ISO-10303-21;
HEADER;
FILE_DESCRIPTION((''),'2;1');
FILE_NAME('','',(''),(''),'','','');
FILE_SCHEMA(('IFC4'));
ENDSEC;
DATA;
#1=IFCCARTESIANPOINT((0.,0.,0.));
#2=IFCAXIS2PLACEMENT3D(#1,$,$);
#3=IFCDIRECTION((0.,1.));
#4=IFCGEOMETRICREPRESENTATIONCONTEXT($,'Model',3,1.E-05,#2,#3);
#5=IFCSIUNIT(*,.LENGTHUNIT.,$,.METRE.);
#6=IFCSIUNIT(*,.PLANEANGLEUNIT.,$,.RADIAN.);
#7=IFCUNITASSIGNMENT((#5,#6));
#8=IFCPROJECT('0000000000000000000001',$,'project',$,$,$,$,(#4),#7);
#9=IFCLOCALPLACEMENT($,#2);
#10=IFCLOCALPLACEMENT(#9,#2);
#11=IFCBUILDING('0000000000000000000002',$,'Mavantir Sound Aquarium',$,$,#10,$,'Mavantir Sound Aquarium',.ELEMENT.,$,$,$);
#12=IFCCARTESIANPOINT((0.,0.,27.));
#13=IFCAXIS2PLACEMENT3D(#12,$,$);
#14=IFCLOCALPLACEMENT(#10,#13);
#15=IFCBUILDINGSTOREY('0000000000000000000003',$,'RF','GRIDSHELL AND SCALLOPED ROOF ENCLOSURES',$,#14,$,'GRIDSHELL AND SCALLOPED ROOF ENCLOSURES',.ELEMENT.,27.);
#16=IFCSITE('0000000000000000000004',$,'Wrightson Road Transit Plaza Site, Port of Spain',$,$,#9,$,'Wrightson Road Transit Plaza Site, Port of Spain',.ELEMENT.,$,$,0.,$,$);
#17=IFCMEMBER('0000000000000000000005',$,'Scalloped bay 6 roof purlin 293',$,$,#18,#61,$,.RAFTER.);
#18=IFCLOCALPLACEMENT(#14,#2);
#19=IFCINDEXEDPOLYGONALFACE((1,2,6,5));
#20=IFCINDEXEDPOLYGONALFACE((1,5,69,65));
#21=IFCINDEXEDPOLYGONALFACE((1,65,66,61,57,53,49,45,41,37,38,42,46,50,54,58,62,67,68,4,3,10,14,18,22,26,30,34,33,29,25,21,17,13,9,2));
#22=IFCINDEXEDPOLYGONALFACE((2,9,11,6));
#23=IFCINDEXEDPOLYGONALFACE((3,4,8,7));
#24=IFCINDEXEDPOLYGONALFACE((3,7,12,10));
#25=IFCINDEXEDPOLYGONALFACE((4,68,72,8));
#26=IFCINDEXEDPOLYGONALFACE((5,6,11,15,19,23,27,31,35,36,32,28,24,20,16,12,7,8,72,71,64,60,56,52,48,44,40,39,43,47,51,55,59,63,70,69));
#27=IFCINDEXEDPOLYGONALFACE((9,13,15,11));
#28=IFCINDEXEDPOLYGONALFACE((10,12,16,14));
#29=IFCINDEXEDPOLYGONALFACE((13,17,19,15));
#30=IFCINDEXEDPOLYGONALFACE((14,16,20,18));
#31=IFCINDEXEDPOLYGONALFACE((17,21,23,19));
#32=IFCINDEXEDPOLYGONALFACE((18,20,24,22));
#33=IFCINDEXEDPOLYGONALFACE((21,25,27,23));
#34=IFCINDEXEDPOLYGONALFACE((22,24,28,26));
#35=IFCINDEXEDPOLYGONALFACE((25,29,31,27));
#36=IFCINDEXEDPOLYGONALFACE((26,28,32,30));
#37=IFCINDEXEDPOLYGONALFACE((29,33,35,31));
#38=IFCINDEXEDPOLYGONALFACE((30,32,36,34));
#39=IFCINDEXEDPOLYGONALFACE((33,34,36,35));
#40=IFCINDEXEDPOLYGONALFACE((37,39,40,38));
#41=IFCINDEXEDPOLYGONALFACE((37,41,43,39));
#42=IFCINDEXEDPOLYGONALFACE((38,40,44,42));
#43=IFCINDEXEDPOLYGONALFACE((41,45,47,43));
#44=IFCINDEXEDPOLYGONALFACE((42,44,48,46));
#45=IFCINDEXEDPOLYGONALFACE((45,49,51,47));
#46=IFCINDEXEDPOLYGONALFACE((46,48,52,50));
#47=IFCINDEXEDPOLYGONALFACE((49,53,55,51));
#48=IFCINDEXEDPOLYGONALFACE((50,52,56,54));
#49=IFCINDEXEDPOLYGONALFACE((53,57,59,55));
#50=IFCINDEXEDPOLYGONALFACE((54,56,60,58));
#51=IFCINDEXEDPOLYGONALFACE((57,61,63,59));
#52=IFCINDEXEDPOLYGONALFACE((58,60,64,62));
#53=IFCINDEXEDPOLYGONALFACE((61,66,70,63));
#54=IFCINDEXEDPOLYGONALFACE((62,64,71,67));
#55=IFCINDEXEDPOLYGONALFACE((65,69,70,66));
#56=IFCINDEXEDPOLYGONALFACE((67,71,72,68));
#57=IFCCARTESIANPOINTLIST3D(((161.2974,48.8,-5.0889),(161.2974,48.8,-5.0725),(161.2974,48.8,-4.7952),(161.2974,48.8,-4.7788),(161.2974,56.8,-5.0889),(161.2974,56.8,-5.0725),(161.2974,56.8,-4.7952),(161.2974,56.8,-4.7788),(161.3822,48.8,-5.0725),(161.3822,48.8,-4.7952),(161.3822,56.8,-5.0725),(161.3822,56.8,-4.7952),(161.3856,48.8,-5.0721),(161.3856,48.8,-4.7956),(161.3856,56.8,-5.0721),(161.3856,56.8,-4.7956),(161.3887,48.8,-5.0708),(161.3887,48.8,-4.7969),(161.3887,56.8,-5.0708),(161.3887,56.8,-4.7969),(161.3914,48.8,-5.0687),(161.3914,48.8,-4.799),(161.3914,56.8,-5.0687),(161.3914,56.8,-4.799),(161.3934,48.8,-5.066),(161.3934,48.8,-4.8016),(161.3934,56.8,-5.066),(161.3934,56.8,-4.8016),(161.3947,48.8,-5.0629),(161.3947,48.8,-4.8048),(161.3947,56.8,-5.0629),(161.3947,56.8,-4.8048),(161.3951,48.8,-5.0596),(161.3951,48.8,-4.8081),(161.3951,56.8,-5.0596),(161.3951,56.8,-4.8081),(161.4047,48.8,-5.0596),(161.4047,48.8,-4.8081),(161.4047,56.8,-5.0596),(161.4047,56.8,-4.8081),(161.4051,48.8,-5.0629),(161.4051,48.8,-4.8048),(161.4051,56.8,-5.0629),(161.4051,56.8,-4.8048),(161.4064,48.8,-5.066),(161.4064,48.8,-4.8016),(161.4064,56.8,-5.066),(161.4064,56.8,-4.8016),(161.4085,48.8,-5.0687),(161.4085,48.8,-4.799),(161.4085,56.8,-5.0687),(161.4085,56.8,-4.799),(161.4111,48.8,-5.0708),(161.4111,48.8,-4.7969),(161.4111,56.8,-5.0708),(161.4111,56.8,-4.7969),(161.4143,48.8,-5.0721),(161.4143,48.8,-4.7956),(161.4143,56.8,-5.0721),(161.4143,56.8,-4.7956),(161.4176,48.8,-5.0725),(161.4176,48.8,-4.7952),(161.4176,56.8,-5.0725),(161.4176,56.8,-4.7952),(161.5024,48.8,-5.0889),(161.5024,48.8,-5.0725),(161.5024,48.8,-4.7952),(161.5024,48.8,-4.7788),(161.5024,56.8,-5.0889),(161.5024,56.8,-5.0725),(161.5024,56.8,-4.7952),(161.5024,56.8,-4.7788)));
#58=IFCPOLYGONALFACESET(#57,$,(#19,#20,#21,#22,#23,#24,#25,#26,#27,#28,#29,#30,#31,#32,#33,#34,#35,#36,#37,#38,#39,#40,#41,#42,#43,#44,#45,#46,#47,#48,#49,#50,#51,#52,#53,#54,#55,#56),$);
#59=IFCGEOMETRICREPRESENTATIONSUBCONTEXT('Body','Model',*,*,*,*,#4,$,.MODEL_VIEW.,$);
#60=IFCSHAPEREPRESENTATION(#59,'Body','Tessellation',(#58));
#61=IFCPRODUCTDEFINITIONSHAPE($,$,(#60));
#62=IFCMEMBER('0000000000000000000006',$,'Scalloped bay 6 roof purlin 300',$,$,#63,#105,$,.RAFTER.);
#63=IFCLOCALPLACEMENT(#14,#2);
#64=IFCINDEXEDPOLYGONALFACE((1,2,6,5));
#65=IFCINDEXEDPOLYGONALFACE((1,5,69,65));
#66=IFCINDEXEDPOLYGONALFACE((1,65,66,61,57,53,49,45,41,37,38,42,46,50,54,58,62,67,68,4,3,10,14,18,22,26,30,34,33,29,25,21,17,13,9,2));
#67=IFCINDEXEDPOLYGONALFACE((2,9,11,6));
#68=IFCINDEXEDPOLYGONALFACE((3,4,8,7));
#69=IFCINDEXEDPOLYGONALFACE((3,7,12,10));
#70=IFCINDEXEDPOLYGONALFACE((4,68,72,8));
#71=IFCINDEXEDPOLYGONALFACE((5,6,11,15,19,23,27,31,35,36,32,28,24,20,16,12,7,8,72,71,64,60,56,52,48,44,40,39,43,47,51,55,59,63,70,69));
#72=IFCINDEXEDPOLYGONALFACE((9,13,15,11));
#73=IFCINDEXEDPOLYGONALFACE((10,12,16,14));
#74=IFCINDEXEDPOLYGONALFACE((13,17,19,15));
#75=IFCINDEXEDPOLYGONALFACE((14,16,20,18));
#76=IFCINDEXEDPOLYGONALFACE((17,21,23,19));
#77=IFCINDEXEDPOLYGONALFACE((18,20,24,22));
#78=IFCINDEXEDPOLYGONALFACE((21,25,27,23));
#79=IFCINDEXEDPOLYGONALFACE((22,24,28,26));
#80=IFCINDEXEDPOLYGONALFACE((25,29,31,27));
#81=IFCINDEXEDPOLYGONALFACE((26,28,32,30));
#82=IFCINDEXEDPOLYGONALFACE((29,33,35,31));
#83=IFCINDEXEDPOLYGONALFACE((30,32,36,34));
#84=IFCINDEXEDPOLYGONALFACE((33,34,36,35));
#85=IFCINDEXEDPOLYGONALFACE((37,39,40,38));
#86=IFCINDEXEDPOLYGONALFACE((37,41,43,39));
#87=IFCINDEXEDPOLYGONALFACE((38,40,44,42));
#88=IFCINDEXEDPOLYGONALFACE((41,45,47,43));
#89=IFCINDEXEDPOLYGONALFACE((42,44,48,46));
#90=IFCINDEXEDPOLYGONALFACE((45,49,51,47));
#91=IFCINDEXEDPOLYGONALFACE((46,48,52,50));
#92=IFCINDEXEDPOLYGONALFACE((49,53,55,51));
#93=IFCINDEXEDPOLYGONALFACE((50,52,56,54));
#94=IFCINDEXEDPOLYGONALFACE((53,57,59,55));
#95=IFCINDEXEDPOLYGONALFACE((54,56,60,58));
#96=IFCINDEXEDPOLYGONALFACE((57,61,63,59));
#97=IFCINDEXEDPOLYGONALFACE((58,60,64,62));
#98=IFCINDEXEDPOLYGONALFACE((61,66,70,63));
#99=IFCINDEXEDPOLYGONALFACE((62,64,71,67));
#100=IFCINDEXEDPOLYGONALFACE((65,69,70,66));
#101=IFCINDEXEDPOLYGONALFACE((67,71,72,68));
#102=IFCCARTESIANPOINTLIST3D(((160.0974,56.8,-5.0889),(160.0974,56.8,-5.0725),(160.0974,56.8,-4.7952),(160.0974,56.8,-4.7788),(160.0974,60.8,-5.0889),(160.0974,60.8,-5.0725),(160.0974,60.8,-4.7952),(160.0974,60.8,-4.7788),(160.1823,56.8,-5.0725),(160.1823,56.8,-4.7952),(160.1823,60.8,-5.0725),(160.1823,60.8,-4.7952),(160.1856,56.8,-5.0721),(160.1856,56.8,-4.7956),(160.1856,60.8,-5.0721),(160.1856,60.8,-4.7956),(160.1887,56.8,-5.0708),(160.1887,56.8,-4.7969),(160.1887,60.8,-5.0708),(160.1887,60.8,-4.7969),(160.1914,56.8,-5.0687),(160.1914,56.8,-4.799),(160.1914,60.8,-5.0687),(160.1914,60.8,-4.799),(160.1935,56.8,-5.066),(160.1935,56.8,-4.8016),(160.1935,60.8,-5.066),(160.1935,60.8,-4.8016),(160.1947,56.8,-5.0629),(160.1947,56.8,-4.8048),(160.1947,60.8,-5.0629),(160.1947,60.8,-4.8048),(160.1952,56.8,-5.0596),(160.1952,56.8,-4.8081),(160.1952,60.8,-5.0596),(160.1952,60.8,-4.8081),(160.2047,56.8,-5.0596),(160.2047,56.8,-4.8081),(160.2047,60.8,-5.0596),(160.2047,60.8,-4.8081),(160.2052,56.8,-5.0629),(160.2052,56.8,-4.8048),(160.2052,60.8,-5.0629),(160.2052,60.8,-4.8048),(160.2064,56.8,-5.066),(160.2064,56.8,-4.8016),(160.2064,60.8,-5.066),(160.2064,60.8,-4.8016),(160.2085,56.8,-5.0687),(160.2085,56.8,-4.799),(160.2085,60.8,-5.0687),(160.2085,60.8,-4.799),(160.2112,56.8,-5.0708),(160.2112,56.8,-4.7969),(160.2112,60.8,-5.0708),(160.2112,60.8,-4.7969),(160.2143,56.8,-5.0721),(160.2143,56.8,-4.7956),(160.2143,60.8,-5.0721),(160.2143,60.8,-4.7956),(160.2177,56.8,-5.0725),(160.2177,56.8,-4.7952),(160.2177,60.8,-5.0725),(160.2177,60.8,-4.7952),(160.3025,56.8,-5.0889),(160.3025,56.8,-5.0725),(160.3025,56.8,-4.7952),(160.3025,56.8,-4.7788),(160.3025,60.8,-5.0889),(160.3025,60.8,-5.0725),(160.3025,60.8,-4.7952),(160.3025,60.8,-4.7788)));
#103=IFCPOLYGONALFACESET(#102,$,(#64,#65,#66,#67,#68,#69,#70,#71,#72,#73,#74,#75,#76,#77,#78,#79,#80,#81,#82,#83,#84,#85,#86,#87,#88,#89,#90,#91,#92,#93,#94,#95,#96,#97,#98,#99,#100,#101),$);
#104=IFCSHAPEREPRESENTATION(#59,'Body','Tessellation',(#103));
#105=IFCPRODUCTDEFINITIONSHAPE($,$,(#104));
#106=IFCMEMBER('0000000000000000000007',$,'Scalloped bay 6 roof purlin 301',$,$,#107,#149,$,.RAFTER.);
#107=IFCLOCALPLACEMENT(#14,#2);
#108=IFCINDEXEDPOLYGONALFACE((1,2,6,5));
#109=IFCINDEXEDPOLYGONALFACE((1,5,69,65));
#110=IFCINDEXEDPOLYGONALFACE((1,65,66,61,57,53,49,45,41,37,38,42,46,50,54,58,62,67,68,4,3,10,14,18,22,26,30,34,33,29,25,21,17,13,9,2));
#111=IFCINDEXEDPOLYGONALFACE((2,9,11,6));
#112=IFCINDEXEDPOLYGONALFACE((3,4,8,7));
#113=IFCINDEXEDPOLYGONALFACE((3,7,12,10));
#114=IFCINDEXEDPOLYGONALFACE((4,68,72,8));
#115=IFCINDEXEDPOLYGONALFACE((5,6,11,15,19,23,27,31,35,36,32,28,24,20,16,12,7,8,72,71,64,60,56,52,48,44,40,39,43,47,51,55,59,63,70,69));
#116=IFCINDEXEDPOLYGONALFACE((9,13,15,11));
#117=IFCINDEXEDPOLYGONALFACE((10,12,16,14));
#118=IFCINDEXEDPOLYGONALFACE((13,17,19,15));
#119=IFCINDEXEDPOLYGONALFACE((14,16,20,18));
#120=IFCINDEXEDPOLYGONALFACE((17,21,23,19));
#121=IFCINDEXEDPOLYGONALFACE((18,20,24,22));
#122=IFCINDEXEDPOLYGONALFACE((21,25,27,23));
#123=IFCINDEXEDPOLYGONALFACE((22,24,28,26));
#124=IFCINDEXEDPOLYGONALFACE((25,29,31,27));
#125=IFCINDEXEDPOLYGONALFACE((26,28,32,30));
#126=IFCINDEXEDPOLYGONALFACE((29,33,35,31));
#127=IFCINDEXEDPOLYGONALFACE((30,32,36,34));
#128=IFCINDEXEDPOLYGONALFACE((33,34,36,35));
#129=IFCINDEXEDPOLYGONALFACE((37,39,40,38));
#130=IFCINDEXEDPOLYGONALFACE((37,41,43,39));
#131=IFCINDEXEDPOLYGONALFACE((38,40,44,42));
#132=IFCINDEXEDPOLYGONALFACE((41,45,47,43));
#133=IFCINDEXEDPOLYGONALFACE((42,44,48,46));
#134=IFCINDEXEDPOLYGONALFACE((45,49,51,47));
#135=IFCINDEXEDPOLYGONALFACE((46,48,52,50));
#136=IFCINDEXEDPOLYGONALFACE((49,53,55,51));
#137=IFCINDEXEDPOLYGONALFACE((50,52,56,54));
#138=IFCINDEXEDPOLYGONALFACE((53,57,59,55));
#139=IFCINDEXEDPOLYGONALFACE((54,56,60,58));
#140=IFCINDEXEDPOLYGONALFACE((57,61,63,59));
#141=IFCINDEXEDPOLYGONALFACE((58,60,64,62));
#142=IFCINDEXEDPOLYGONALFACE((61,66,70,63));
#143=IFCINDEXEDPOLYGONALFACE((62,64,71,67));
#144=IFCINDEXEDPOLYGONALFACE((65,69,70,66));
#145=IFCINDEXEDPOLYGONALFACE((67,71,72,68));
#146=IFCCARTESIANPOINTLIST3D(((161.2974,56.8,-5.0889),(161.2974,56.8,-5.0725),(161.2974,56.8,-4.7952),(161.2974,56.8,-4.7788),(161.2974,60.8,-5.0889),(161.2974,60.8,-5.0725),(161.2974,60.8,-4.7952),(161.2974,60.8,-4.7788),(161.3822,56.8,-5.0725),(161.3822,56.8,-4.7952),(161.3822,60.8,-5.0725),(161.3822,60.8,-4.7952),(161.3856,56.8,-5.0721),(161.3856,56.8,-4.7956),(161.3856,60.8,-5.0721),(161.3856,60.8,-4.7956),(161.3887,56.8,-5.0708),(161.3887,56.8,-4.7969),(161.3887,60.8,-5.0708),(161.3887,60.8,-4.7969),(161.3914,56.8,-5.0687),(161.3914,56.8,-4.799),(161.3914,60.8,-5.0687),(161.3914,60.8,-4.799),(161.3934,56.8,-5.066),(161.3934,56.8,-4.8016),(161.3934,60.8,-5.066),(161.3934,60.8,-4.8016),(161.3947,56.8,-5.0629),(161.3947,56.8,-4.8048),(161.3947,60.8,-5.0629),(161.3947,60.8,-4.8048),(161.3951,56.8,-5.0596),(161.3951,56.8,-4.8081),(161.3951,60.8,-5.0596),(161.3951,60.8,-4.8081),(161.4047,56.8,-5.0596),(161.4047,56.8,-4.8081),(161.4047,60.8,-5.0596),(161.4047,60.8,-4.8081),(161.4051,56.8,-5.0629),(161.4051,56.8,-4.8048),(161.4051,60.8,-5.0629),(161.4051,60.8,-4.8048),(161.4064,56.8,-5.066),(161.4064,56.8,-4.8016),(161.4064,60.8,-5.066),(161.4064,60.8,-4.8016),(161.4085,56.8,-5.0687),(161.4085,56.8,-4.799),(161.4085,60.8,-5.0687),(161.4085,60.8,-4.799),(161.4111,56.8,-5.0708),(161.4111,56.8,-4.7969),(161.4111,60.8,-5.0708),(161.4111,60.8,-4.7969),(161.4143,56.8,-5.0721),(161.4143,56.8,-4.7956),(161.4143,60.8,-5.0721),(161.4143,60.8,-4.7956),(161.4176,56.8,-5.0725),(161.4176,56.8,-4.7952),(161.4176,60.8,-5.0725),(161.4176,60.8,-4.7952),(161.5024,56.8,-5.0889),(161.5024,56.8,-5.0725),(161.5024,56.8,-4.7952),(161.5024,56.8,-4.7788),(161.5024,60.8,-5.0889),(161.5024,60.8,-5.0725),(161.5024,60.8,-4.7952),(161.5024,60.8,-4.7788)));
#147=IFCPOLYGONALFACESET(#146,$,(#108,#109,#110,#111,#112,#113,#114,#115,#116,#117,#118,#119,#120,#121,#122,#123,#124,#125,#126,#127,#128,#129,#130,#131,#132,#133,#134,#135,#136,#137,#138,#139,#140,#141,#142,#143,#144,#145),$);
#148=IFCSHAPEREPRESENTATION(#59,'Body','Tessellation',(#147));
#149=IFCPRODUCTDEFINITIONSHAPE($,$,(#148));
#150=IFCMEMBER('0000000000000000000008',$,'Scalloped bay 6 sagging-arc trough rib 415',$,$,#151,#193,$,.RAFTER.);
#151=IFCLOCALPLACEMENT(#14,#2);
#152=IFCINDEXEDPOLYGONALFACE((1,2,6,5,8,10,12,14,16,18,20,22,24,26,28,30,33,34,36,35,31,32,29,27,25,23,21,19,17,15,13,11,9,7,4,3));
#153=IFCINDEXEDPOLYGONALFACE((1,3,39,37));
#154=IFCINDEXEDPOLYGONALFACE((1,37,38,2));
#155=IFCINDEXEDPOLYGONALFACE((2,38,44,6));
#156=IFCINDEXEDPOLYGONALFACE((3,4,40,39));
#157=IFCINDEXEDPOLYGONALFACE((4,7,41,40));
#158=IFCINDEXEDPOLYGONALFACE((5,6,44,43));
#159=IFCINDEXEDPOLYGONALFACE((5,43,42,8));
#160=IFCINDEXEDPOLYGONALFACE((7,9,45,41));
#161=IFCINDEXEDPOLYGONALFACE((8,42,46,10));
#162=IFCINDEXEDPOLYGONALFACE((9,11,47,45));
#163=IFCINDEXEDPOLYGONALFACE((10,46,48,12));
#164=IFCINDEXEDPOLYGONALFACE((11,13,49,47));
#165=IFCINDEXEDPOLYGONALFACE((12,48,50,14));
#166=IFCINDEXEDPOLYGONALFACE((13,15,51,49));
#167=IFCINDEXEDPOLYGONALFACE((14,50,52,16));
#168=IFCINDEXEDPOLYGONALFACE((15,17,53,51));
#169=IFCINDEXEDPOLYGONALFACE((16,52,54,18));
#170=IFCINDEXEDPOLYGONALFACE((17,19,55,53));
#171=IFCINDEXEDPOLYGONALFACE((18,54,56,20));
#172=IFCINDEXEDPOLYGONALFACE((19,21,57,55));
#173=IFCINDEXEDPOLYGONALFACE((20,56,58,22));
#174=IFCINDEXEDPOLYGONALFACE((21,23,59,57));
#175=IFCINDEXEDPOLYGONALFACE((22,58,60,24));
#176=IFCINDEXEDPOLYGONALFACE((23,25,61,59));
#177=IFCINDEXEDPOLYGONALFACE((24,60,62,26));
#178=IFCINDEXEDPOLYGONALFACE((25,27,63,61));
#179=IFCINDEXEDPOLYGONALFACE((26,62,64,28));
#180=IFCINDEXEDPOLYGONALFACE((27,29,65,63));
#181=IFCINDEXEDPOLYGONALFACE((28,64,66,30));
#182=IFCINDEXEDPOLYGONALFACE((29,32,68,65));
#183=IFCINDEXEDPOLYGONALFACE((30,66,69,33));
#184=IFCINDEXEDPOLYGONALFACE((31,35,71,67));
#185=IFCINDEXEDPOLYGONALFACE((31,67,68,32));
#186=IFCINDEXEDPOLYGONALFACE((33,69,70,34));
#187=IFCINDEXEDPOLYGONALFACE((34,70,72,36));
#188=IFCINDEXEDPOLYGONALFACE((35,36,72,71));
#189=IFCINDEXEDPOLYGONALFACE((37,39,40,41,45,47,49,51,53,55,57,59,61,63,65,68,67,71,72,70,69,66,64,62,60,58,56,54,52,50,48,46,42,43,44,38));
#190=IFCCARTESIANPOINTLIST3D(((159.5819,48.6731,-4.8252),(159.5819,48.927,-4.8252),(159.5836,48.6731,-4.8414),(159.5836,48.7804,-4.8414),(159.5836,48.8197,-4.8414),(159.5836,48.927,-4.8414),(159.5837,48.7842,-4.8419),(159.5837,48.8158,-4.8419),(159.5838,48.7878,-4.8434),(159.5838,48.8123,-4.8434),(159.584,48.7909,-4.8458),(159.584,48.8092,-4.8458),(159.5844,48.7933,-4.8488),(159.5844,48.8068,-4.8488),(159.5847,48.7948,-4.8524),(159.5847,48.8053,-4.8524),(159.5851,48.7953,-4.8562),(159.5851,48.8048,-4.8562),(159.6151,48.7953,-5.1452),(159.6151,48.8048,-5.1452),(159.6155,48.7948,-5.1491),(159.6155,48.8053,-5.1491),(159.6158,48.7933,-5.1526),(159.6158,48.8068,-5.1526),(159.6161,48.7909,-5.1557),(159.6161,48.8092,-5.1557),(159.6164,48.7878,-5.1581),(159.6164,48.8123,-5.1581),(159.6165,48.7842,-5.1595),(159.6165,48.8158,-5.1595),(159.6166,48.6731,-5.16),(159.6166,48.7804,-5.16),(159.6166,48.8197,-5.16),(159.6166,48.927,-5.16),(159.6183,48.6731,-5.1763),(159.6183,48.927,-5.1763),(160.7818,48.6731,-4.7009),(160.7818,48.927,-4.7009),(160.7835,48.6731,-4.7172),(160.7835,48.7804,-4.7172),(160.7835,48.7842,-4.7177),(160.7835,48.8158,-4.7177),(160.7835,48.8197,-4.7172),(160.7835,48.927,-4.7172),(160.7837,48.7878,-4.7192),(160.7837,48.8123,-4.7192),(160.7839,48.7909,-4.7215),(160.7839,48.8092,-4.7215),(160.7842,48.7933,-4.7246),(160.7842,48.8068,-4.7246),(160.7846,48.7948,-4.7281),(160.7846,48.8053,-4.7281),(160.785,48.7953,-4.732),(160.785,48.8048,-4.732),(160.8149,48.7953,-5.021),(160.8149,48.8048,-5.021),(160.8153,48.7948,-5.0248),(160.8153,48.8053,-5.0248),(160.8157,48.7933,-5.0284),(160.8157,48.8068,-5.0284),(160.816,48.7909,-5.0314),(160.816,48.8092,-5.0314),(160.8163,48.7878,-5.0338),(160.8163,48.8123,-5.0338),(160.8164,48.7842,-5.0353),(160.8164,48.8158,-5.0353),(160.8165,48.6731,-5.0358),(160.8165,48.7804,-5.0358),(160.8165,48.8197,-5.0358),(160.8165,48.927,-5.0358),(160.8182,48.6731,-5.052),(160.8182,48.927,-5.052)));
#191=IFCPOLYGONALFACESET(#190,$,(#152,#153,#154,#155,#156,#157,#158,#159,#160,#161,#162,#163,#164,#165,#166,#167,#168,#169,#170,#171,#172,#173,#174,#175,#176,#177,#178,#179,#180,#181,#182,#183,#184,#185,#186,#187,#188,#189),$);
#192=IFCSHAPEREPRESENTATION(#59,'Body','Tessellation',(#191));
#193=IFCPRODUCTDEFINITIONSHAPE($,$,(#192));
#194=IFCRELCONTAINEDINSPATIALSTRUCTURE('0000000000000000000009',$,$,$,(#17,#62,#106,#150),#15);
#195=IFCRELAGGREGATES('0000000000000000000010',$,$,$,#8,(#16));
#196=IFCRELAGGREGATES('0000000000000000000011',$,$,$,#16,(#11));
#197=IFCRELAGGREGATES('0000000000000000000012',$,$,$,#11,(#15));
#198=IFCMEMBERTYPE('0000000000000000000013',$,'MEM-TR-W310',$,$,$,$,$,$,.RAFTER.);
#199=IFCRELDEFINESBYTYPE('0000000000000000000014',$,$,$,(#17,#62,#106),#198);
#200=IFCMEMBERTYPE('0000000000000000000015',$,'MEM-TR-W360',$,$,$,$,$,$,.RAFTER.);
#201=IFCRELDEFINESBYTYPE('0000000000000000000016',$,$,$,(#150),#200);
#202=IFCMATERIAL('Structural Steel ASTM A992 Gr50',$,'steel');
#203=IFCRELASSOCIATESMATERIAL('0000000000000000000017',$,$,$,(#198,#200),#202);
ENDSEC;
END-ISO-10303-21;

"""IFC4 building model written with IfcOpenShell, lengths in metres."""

from ifc_helpers import new_model, si_unit, direction, frame, origin, origin_2d, place, context, subcontext, project, spatial, i_section, extrude, material, material_profile, profile_set, type_object, element, save


model = new_model("IFC4")

# Units and contexts
model_context = context("Model", 3, precision=1e-05, world=origin(), true_north=direction((0.0, 1.0)))
body_context = subcontext(model_context, "Body", "Model", "MODEL_VIEW")
ifc_project = project(units=[si_unit("LENGTHUNIT", "METRE"), si_unit("PLANEANGLEUNIT", "RADIAN")], contexts=[model_context])

# Site, building, storey
site_placement = place(None, origin())
site = spatial("IfcSite", under=ifc_project, at=site_placement, Name="Wrightson Road Transit Plaza Site, Port of Spain", LongName="Wrightson Road Transit Plaza Site, Port of Spain", CompositionType="ELEMENT", RefElevation=0.0)
building_placement = place(site_placement, origin())
building = spatial("IfcBuilding", under=site, at=building_placement, Name="Mavantir Sound Aquarium", LongName="Mavantir Sound Aquarium", CompositionType="ELEMENT")
storey_placement = place(building_placement, frame((0.0, 0.0, 27.0)))
storey = spatial("IfcBuildingStorey", under=building, at=storey_placement, Name="RF", Description="GRIDSHELL AND SCALLOPED ROOF ENCLOSURES", LongName="GRIDSHELL AND SCALLOPED ROOF ENCLOSURES", CompositionType="ELEMENT", Elevation=27.0)

# Members
ifc_material_1 = material(Name="Structural Steel ASTM A992 Gr50", Category="steel")
ifc_material_profile_1 = material_profile(ifc_material_1, i_section(OverallWidth=0.2051, OverallDepth=0.3101, WebThickness=0.0095, FlangeThickness=0.0164, FilletRadius=0.0129, at=origin_2d()), Name="W310X74")
ifc_profile_set_1 = profile_set([ifc_material_profile_1], Name="Structural Steel ASTM A992 Gr50")
member_type_1 = type_object("IfcMemberType", Name="MEM-TR-W310", PredefinedType="RAFTER", material=ifc_profile_set_1)
for number, where, z_axis, x_axis, name in (
    (1, (161.3999, 48.8, -4.9338), (0.0, 1.0, 0.0), (-1.0, 0.0, 0.0), "Scalloped bay 6 roof purlin 293"),
):
    element("IfcMember", number, at=place(storey_placement, frame(where, z_axis=z_axis, x_axis=x_axis)), inside=storey, type_object=member_type_1, Name=name, PredefinedType="RAFTER", context=body_context, shape_type="SweptSolid", body=[
        extrude(i_section(OverallWidth=0.2051, OverallDepth=0.3101, WebThickness=0.0095, FlangeThickness=0.0164, FilletRadius=0.0129, at=origin_2d()), origin(), (0.0, 0.0, 1.0), 8.0),
    ])
for number, where, z_axis, x_axis, name in (
    (2, (160.2, 56.8, -4.9338), (0.0, 1.0, 0.0), (-1.0, 0.0, 0.0), "Scalloped bay 6 roof purlin 300"),
    (3, (161.3999, 56.8, -4.9338), (0.0, 1.0, 0.0), (-1.0, 0.0, 0.0), "Scalloped bay 6 roof purlin 301"),
):
    element("IfcMember", number, at=place(storey_placement, frame(where, z_axis=z_axis, x_axis=x_axis)), inside=storey, type_object=member_type_1, Name=name, PredefinedType="RAFTER", context=body_context, shape_type="SweptSolid", body=[
        extrude(i_section(OverallWidth=0.2051, OverallDepth=0.3101, WebThickness=0.0095, FlangeThickness=0.0164, FilletRadius=0.0129, at=origin_2d()), origin(), (0.0, 0.0, 1.0), 4.0),
    ])
ifc_material_profile_2 = material_profile(ifc_material_1, i_section(OverallWidth=0.2539, OverallDepth=0.353, WebThickness=0.0095, FlangeThickness=0.0164, FilletRadius=0.0149, at=origin_2d()), Name="W360X91")
ifc_profile_set_2 = profile_set([ifc_material_profile_2], Name="Structural Steel ASTM A992 Gr50")
member_type_2 = type_object("IfcMemberType", Name="MEM-TR-W360", PredefinedType="RAFTER", material=ifc_profile_set_2)
for number, where, z_axis, x_axis, name in (
    (4, (159.6001, 48.8, -5.0007), (0.99468, 0.0, 0.10301), (0.0, 1.0, 0.0), "Scalloped bay 6 sagging-arc trough rib 415"),
):
    element("IfcMember", number, at=place(storey_placement, frame(where, z_axis=z_axis, x_axis=x_axis)), inside=storey, type_object=member_type_2, Name=name, PredefinedType="RAFTER", context=body_context, shape_type="SweptSolid", body=[
        extrude(i_section(OverallWidth=0.2539, OverallDepth=0.353, WebThickness=0.0095, FlangeThickness=0.0164, FilletRadius=0.0149, at=origin_2d()), origin(), (0.0, 0.0, 1.0), 1.2063),
    ])

save(model, "model.ifc")
